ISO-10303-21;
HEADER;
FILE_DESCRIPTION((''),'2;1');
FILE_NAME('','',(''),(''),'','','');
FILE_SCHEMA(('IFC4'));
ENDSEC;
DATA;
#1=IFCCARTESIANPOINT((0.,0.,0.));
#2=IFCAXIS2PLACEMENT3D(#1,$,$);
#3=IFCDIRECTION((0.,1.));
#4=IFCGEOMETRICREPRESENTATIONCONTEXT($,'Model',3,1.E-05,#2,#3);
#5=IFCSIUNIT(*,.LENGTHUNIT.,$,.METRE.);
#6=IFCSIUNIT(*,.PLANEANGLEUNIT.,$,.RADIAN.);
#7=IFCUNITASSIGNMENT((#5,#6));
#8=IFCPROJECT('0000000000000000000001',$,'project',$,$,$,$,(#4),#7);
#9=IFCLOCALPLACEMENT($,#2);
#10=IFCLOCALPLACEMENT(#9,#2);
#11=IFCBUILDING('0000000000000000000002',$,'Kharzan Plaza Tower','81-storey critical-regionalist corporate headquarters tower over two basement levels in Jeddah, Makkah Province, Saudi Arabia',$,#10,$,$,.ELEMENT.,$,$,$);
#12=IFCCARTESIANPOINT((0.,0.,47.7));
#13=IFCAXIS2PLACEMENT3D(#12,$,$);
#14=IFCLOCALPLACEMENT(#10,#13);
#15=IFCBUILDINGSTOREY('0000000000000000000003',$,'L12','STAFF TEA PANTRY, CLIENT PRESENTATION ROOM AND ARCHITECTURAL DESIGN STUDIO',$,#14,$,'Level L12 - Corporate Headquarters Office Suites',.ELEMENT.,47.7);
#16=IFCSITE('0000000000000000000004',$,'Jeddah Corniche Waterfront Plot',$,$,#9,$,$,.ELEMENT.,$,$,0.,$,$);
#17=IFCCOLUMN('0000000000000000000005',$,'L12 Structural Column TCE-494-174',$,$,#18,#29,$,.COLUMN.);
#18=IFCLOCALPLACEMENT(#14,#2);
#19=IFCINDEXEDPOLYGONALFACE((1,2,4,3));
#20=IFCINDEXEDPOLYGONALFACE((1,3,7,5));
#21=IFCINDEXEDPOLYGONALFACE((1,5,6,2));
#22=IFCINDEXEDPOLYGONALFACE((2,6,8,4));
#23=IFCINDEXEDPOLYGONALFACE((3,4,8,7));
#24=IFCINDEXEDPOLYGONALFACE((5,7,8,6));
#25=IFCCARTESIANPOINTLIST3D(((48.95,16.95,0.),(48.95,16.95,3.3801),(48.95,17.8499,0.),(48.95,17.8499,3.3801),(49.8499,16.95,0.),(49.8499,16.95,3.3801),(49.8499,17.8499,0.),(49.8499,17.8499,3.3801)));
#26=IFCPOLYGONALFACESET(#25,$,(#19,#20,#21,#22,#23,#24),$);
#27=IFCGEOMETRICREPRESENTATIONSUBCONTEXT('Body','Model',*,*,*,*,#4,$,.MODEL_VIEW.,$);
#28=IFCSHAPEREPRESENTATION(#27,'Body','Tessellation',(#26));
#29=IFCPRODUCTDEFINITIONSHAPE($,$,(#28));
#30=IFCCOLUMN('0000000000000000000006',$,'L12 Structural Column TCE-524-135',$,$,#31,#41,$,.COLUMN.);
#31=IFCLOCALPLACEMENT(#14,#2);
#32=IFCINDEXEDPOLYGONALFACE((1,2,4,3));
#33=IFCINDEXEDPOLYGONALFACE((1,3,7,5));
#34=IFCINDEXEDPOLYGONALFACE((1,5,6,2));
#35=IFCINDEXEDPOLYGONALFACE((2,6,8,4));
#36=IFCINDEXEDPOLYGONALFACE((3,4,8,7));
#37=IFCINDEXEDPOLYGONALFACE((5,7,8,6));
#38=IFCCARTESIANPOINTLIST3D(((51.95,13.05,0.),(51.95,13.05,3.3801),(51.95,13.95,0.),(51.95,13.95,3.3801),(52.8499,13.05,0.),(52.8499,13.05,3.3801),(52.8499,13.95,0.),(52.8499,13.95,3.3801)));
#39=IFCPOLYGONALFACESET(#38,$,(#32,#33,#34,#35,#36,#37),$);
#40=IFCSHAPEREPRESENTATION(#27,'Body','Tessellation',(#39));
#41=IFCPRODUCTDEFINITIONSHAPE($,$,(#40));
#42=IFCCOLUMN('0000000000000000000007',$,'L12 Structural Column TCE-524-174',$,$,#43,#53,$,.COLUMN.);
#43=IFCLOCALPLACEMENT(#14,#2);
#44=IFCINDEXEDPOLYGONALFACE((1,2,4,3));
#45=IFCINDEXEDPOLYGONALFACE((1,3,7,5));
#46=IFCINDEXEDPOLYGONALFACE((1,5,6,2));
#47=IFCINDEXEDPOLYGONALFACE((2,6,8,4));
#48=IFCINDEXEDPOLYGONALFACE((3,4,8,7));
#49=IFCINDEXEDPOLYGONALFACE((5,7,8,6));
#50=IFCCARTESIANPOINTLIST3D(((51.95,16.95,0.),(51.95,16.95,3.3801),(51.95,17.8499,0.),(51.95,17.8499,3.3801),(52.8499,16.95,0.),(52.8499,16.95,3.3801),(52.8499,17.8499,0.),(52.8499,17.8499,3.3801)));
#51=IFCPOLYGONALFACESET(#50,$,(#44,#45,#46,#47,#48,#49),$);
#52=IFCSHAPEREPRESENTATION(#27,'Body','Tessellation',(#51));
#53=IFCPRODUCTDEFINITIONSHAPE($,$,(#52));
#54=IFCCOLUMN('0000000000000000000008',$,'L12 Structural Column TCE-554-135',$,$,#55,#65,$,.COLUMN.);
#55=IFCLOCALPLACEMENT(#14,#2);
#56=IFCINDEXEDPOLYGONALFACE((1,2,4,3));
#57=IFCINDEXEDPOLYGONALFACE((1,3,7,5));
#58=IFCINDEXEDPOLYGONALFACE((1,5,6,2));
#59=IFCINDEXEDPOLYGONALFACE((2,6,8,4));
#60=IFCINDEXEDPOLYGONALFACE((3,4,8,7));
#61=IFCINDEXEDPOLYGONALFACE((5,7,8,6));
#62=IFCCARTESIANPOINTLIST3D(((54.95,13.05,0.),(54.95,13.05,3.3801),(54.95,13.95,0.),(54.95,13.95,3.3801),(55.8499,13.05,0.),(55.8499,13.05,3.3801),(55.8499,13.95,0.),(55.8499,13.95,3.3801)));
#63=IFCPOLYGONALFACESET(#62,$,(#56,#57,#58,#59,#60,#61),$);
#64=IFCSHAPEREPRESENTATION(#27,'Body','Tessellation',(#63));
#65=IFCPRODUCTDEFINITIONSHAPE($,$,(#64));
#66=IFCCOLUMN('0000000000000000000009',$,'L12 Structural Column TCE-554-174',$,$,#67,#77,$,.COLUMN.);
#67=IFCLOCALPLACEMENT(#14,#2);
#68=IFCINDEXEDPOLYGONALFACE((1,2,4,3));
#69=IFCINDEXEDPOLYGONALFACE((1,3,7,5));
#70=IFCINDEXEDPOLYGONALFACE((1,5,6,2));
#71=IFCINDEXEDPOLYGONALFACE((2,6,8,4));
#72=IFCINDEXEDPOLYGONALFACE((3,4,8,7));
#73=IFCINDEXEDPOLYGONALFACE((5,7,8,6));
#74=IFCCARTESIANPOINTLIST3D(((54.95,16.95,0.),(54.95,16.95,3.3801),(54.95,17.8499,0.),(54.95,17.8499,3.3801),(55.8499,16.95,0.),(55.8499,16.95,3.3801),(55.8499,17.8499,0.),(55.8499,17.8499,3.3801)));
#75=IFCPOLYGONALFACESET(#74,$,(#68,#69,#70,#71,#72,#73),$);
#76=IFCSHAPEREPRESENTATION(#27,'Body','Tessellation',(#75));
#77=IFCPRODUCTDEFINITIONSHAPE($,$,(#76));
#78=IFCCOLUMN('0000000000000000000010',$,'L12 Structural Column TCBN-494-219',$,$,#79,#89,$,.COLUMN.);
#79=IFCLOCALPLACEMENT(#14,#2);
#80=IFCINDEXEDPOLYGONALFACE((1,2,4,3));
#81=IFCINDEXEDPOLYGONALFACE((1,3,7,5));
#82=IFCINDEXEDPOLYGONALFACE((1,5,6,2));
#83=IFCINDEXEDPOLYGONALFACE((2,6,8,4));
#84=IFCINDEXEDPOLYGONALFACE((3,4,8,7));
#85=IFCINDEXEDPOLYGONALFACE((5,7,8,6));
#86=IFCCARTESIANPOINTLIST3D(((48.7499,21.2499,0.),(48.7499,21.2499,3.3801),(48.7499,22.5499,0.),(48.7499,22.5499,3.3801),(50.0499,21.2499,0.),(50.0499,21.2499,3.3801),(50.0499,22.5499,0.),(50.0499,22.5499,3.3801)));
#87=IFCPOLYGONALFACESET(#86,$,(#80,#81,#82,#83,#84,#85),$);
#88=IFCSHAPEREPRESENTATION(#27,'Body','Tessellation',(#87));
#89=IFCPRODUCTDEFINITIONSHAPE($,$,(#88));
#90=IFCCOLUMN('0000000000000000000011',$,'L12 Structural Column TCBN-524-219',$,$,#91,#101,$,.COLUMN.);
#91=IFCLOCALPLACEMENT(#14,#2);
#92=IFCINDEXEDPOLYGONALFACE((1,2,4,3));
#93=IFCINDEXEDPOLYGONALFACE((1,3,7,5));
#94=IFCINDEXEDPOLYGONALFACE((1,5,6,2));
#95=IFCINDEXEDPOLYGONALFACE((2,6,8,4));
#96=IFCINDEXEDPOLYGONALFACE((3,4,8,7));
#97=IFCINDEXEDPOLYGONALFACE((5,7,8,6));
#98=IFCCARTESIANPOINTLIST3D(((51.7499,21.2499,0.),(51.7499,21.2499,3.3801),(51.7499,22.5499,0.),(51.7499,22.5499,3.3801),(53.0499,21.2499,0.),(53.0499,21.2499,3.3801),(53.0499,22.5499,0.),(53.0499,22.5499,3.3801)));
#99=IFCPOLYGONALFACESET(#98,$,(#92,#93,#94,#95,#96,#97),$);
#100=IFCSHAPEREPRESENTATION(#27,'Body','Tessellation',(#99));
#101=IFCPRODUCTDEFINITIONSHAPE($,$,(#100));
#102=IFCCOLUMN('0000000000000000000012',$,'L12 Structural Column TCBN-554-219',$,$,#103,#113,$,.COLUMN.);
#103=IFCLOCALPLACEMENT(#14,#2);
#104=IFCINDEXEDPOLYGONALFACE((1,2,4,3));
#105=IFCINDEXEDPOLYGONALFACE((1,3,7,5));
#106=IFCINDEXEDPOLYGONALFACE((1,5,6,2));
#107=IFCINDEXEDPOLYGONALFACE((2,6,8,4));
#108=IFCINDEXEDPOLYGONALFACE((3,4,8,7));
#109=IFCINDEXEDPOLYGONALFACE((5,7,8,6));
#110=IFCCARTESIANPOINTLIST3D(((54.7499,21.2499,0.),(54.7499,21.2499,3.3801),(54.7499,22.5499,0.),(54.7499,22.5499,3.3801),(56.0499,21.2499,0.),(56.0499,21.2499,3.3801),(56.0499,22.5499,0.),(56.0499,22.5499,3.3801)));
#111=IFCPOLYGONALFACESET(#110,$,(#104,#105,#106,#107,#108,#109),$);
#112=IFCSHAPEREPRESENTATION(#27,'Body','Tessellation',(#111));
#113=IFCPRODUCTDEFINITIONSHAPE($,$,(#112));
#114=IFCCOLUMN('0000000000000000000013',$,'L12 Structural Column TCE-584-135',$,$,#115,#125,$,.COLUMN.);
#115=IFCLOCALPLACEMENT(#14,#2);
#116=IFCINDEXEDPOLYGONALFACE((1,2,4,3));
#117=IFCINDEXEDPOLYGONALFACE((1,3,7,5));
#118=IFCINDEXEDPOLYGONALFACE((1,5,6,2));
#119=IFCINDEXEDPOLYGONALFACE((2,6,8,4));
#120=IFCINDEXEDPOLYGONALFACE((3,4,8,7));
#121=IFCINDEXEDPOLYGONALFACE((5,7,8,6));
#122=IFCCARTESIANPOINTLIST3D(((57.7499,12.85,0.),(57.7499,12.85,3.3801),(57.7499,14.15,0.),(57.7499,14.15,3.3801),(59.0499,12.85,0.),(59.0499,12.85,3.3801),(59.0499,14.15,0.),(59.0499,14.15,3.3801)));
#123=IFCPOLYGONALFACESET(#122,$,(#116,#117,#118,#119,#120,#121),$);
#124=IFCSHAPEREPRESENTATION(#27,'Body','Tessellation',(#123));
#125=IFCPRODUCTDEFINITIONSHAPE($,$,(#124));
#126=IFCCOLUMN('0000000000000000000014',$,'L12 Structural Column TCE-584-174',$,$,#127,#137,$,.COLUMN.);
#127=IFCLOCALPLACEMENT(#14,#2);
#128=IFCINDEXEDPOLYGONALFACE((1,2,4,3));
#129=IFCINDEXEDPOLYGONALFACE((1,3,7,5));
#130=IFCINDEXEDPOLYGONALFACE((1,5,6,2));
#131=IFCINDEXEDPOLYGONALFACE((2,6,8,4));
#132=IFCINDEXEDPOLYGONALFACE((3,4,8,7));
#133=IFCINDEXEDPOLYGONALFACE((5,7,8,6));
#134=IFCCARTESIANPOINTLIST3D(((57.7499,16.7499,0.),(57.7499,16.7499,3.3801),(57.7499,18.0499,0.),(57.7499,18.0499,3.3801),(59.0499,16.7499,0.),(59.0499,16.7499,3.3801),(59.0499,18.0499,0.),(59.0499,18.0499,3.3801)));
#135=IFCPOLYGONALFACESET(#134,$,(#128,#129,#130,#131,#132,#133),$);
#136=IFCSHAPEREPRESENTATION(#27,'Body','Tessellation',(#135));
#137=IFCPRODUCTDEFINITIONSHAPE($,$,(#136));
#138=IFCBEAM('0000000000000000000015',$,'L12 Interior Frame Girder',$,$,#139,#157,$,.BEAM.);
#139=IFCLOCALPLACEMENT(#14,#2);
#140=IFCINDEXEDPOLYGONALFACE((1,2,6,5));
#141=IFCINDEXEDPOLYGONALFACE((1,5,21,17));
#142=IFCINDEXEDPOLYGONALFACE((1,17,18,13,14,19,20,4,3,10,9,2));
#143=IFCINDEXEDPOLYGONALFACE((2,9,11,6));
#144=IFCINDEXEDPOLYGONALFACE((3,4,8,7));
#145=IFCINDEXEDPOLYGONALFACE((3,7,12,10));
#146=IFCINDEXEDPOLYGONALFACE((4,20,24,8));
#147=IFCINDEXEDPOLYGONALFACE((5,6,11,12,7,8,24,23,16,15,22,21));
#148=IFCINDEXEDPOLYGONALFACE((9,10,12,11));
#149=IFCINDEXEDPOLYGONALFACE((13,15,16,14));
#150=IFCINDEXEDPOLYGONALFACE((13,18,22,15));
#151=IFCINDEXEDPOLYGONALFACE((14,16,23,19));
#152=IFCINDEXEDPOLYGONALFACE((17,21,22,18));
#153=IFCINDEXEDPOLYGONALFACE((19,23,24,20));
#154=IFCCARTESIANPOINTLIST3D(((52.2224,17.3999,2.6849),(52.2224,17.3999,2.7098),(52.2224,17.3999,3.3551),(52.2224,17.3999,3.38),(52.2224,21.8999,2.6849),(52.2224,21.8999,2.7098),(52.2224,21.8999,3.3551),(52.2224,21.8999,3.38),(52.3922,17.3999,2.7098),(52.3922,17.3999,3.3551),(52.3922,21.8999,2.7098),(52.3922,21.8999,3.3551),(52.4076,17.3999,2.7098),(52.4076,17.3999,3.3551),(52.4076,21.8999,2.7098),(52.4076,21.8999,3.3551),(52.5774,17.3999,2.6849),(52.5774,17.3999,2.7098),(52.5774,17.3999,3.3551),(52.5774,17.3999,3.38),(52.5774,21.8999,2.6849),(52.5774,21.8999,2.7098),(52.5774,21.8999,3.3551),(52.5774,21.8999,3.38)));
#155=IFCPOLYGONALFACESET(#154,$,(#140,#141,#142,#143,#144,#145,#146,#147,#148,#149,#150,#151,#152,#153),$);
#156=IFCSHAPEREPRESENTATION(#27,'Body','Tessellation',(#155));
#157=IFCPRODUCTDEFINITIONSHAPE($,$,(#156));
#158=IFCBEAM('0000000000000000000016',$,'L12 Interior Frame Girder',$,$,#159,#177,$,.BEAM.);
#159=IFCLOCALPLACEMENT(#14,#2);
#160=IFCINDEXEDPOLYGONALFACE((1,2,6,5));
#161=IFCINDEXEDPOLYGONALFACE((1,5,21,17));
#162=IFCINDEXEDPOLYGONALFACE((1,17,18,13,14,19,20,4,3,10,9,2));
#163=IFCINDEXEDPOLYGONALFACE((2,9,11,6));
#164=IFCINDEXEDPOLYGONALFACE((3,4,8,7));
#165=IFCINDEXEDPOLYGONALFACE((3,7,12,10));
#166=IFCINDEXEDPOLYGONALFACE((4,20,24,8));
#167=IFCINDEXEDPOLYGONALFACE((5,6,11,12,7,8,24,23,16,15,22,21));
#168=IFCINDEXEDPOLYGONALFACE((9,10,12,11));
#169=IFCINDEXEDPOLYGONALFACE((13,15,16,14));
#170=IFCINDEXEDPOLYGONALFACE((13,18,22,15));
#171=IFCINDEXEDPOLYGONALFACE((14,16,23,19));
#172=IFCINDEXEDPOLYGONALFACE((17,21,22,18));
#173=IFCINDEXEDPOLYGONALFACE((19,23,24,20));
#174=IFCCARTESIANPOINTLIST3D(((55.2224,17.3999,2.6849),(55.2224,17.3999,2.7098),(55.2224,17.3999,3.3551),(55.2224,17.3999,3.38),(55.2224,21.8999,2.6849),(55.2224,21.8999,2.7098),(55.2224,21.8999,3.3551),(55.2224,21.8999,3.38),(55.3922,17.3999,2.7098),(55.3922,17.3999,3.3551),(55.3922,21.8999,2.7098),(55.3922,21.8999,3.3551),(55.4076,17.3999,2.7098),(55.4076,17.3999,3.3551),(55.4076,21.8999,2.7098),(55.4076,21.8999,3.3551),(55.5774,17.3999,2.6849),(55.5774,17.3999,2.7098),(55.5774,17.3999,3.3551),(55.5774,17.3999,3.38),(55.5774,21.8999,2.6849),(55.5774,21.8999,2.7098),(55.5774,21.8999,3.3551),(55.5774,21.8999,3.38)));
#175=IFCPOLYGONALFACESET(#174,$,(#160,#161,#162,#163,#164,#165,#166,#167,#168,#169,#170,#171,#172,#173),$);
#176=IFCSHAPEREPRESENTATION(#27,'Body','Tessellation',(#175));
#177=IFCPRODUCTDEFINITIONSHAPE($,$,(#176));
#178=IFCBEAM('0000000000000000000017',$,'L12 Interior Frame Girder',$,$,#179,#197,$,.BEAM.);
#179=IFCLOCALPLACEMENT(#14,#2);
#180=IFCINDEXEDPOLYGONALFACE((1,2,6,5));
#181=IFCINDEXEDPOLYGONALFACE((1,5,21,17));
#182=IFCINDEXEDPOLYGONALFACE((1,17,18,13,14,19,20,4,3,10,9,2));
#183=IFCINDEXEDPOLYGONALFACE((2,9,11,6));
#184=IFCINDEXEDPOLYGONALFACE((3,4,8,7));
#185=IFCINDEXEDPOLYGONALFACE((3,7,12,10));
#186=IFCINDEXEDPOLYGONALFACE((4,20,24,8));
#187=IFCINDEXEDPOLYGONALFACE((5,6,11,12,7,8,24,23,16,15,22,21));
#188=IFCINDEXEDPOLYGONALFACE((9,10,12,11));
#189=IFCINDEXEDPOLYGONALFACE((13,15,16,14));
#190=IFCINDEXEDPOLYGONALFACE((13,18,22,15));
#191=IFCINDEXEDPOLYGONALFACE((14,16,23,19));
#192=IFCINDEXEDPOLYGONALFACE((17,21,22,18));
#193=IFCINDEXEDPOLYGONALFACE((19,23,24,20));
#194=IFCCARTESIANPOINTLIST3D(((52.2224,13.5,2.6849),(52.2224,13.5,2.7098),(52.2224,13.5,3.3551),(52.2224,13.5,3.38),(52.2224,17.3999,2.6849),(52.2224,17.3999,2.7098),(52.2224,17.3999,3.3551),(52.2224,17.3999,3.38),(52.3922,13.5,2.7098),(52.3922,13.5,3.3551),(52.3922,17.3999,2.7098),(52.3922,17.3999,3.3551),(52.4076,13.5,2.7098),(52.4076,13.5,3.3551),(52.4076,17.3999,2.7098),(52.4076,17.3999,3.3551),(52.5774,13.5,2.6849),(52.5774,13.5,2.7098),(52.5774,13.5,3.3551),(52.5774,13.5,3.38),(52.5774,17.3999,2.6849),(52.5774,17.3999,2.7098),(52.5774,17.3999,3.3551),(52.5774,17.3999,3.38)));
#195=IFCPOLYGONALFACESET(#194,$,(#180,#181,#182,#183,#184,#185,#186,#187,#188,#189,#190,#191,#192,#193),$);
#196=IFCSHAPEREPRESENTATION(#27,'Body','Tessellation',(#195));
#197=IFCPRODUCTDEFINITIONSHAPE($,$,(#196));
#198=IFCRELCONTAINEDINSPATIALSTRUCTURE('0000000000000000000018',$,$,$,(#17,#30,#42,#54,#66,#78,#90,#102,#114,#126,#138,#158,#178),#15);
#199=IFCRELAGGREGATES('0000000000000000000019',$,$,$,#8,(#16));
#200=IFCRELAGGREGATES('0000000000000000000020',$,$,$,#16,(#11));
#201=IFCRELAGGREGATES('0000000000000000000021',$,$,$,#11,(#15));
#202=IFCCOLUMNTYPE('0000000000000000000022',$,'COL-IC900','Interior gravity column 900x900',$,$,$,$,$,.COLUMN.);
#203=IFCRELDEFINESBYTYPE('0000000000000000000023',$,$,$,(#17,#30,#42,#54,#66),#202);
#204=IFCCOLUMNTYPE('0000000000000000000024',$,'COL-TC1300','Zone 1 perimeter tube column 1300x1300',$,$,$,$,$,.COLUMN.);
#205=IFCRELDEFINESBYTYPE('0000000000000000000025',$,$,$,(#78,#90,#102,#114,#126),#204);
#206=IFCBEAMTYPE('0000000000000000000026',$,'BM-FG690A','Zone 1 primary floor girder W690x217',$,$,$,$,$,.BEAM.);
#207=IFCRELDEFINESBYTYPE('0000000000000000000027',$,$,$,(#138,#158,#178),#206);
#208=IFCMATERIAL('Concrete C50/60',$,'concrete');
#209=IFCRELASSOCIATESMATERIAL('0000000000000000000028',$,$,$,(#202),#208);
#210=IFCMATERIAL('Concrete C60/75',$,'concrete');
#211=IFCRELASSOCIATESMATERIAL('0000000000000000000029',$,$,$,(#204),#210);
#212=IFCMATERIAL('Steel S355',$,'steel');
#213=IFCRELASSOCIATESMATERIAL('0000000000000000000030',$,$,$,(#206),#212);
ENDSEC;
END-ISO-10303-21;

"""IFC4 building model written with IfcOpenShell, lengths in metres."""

from ifc_helpers import new_model, si_unit, direction, frame, origin, origin_2d, place, context, subcontext, project, spatial, rectangle, i_section, extrude, source, transform, mapped, material, material_profile, profile_set, type_object, element, save


model = new_model("IFC4")

# Units and contexts
model_context = context("Model", 3, precision=1e-05, world=origin(), true_north=direction((0.0, 1.0)))
body_context = subcontext(model_context, "Body", "Model", "MODEL_VIEW")
ifc_project = project(units=[si_unit("LENGTHUNIT", "METRE"), si_unit("PLANEANGLEUNIT", "RADIAN")], contexts=[model_context])

# Site, building, storey
site_placement = place(None, origin())
site = spatial("IfcSite", under=ifc_project, at=site_placement, Name="Jeddah Corniche Waterfront Plot", CompositionType="ELEMENT", RefElevation=0.0)
building_placement = place(site_placement, origin())
building = spatial("IfcBuilding", under=site, at=building_placement, Name="Kharzan Plaza Tower", Description="81-storey critical-regionalist corporate headquarters tower over two basement levels in Jeddah, Makkah Province, Saudi Arabia", CompositionType="ELEMENT")
storey_placement = place(building_placement, frame((0.0, 0.0, 47.7)))
storey = spatial("IfcBuildingStorey", under=building, at=storey_placement, Name="L12", Description="STAFF TEA PANTRY, CLIENT PRESENTATION ROOM AND ARCHITECTURAL DESIGN STUDIO", LongName="Level L12 - Corporate Headquarters Office Suites", CompositionType="ELEMENT", Elevation=47.7)

# Columns
ifc_material_1 = material(Name="Concrete C50/60", Category="concrete")
ifc_material_profile_1 = material_profile(ifc_material_1, rectangle(XDim=0.8999, YDim=0.8999, at=origin_2d()), Name="RC-IC900x900")
ifc_profile_set_1 = profile_set([ifc_material_profile_1], Name="Concrete C50/60")
column_type_1 = type_object("IfcColumnType", Name="COL-IC900", Description="Interior gravity column 900x900", PredefinedType="COLUMN", material=ifc_profile_set_1)
shared_shape_1 = source(origin(), body_context, "Body", "SweptSolid", [
    extrude(rectangle(XDim=0.8999, YDim=0.8999, at=origin_2d()), origin(), (0.0, 0.0, 1.0), 3.3801),
])
for number, where, z_axis, x_axis, name in (
    (1, (49.3999, 17.3999, 0.0), (0.0, 0.0, 1.0), (1.0, 0.0, 0.0), "L12 Structural Column TCE-494-174"),
    (2, (52.3999, 13.5, 0.0), (0.0, 0.0, 1.0), (1.0, 0.0, 0.0), "L12 Structural Column TCE-524-135"),
    (3, (52.3999, 17.3999, 0.0), (0.0, 0.0, 1.0), (1.0, 0.0, 0.0), "L12 Structural Column TCE-524-174"),
    (4, (55.3999, 13.5, 0.0), (0.0, 0.0, 1.0), (1.0, 0.0, 0.0), "L12 Structural Column TCE-554-135"),
    (5, (55.3999, 17.3999, 0.0), (0.0, 0.0, 1.0), (1.0, 0.0, 0.0), "L12 Structural Column TCE-554-174"),
):
    element("IfcColumn", number, at=place(storey_placement, frame(where, z_axis=z_axis, x_axis=x_axis)), inside=storey, type_object=column_type_1, Name=name, PredefinedType="COLUMN", context=body_context, shape_type="MappedRepresentation", body=[
        mapped(shared_shape_1, transform((0.0, 0.0, 0.0), x_axis=(1.0, 0.0, 0.0), y_axis=(0.0, 1.0, 0.0), z_axis=(0.0, 0.0, 1.0))),
    ])
ifc_material_2 = material(Name="Concrete C60/75", Category="concrete")
ifc_material_profile_2 = material_profile(ifc_material_2, rectangle(XDim=1.3, YDim=1.3, at=origin_2d()), Name="RC-TC1300x1300")
ifc_profile_set_2 = profile_set([ifc_material_profile_2], Name="Concrete C60/75")
column_type_2 = type_object("IfcColumnType", Name="COL-TC1300", Description="Zone 1 perimeter tube column 1300x1300", PredefinedType="COLUMN", material=ifc_profile_set_2)
shared_shape_2 = source(origin(), body_context, "Body", "SweptSolid", [
    extrude(rectangle(XDim=1.3, YDim=1.3, at=origin_2d()), origin(), (0.0, 0.0, 1.0), 3.3801),
])
for number, where, z_axis, x_axis, name in (
    (6, (49.3999, 21.8999, 0.0), (0.0, 0.0, 1.0), (1.0, 0.0, 0.0), "L12 Structural Column TCBN-494-219"),
    (7, (52.3999, 21.8999, 0.0), (0.0, 0.0, 1.0), (1.0, 0.0, 0.0), "L12 Structural Column TCBN-524-219"),
    (8, (55.3999, 21.8999, 0.0), (0.0, 0.0, 1.0), (1.0, 0.0, 0.0), "L12 Structural Column TCBN-554-219"),
    (9, (58.3999, 13.5, 0.0), (0.0, 0.0, 1.0), (1.0, 0.0, 0.0), "L12 Structural Column TCE-584-135"),
    (10, (58.3999, 17.3999, 0.0), (0.0, 0.0, 1.0), (1.0, 0.0, 0.0), "L12 Structural Column TCE-584-174"),
):
    element("IfcColumn", number, at=place(storey_placement, frame(where, z_axis=z_axis, x_axis=x_axis)), inside=storey, type_object=column_type_2, Name=name, PredefinedType="COLUMN", context=body_context, shape_type="MappedRepresentation", body=[
        mapped(shared_shape_2, transform((0.0, 0.0, 0.0), x_axis=(1.0, 0.0, 0.0), y_axis=(0.0, 1.0, 0.0), z_axis=(0.0, 0.0, 1.0))),
    ])

# Beams
ifc_material_3 = material(Name="Steel S355", Category="steel")
ifc_material_profile_3 = material_profile(ifc_material_3, i_section(OverallWidth=0.355, OverallDepth=0.6951, WebThickness=0.0154, FlangeThickness=0.0249, at=origin_2d()), Name="W690x217")
ifc_profile_set_3 = profile_set([ifc_material_profile_3], Name="Steel S355")
beam_type_1 = type_object("IfcBeamType", Name="BM-FG690A", Description="Zone 1 primary floor girder W690x217", PredefinedType="BEAM", material=ifc_profile_set_3)
shared_shape_3 = source(origin(), body_context, "Body", "SweptSolid", [
    extrude(i_section(OverallWidth=0.355, OverallDepth=0.6951, WebThickness=0.0154, FlangeThickness=0.0249, at=origin_2d()), origin(), (0.0, 0.0, 1.0), 4.5),
])
for number, where, z_axis, x_axis, name in (
    (11, (52.3999, 17.3999, 3.0325), (0.0, 1.0, 0.0), (-1.0, 0.0, 0.0), "L12 Interior Frame Girder"),
    (12, (55.3999, 17.3999, 3.0325), (0.0, 1.0, 0.0), (-1.0, 0.0, 0.0), "L12 Interior Frame Girder"),
):
    element("IfcBeam", number, at=place(storey_placement, frame(where, z_axis=z_axis, x_axis=x_axis)), inside=storey, type_object=beam_type_1, Name=name, PredefinedType="BEAM", context=body_context, shape_type="MappedRepresentation", body=[
        mapped(shared_shape_3, transform((0.0, 0.0, 0.0), x_axis=(1.0, 0.0, 0.0), y_axis=(0.0, 1.0, 0.0), z_axis=(0.0, 0.0, 1.0))),
    ])
shared_shape_4 = source(origin(), body_context, "Body", "SweptSolid", [
    extrude(i_section(OverallWidth=0.355, OverallDepth=0.6951, WebThickness=0.0154, FlangeThickness=0.0249, at=origin_2d()), origin(), (0.0, 0.0, 1.0), 3.8999),
])
for number, where, z_axis, x_axis, name in (
    (13, (52.3999, 13.5, 3.0325), (0.0, 1.0, 0.0), (-1.0, 0.0, 0.0), "L12 Interior Frame Girder"),
):
    element("IfcBeam", number, at=place(storey_placement, frame(where, z_axis=z_axis, x_axis=x_axis)), inside=storey, type_object=beam_type_1, Name=name, PredefinedType="BEAM", context=body_context, shape_type="MappedRepresentation", body=[
        mapped(shared_shape_4, transform((0.0, 0.0, 0.0), x_axis=(1.0, 0.0, 0.0), y_axis=(0.0, 1.0, 0.0), z_axis=(0.0, 0.0, 1.0))),
    ])

save(model, "model.ifc")
